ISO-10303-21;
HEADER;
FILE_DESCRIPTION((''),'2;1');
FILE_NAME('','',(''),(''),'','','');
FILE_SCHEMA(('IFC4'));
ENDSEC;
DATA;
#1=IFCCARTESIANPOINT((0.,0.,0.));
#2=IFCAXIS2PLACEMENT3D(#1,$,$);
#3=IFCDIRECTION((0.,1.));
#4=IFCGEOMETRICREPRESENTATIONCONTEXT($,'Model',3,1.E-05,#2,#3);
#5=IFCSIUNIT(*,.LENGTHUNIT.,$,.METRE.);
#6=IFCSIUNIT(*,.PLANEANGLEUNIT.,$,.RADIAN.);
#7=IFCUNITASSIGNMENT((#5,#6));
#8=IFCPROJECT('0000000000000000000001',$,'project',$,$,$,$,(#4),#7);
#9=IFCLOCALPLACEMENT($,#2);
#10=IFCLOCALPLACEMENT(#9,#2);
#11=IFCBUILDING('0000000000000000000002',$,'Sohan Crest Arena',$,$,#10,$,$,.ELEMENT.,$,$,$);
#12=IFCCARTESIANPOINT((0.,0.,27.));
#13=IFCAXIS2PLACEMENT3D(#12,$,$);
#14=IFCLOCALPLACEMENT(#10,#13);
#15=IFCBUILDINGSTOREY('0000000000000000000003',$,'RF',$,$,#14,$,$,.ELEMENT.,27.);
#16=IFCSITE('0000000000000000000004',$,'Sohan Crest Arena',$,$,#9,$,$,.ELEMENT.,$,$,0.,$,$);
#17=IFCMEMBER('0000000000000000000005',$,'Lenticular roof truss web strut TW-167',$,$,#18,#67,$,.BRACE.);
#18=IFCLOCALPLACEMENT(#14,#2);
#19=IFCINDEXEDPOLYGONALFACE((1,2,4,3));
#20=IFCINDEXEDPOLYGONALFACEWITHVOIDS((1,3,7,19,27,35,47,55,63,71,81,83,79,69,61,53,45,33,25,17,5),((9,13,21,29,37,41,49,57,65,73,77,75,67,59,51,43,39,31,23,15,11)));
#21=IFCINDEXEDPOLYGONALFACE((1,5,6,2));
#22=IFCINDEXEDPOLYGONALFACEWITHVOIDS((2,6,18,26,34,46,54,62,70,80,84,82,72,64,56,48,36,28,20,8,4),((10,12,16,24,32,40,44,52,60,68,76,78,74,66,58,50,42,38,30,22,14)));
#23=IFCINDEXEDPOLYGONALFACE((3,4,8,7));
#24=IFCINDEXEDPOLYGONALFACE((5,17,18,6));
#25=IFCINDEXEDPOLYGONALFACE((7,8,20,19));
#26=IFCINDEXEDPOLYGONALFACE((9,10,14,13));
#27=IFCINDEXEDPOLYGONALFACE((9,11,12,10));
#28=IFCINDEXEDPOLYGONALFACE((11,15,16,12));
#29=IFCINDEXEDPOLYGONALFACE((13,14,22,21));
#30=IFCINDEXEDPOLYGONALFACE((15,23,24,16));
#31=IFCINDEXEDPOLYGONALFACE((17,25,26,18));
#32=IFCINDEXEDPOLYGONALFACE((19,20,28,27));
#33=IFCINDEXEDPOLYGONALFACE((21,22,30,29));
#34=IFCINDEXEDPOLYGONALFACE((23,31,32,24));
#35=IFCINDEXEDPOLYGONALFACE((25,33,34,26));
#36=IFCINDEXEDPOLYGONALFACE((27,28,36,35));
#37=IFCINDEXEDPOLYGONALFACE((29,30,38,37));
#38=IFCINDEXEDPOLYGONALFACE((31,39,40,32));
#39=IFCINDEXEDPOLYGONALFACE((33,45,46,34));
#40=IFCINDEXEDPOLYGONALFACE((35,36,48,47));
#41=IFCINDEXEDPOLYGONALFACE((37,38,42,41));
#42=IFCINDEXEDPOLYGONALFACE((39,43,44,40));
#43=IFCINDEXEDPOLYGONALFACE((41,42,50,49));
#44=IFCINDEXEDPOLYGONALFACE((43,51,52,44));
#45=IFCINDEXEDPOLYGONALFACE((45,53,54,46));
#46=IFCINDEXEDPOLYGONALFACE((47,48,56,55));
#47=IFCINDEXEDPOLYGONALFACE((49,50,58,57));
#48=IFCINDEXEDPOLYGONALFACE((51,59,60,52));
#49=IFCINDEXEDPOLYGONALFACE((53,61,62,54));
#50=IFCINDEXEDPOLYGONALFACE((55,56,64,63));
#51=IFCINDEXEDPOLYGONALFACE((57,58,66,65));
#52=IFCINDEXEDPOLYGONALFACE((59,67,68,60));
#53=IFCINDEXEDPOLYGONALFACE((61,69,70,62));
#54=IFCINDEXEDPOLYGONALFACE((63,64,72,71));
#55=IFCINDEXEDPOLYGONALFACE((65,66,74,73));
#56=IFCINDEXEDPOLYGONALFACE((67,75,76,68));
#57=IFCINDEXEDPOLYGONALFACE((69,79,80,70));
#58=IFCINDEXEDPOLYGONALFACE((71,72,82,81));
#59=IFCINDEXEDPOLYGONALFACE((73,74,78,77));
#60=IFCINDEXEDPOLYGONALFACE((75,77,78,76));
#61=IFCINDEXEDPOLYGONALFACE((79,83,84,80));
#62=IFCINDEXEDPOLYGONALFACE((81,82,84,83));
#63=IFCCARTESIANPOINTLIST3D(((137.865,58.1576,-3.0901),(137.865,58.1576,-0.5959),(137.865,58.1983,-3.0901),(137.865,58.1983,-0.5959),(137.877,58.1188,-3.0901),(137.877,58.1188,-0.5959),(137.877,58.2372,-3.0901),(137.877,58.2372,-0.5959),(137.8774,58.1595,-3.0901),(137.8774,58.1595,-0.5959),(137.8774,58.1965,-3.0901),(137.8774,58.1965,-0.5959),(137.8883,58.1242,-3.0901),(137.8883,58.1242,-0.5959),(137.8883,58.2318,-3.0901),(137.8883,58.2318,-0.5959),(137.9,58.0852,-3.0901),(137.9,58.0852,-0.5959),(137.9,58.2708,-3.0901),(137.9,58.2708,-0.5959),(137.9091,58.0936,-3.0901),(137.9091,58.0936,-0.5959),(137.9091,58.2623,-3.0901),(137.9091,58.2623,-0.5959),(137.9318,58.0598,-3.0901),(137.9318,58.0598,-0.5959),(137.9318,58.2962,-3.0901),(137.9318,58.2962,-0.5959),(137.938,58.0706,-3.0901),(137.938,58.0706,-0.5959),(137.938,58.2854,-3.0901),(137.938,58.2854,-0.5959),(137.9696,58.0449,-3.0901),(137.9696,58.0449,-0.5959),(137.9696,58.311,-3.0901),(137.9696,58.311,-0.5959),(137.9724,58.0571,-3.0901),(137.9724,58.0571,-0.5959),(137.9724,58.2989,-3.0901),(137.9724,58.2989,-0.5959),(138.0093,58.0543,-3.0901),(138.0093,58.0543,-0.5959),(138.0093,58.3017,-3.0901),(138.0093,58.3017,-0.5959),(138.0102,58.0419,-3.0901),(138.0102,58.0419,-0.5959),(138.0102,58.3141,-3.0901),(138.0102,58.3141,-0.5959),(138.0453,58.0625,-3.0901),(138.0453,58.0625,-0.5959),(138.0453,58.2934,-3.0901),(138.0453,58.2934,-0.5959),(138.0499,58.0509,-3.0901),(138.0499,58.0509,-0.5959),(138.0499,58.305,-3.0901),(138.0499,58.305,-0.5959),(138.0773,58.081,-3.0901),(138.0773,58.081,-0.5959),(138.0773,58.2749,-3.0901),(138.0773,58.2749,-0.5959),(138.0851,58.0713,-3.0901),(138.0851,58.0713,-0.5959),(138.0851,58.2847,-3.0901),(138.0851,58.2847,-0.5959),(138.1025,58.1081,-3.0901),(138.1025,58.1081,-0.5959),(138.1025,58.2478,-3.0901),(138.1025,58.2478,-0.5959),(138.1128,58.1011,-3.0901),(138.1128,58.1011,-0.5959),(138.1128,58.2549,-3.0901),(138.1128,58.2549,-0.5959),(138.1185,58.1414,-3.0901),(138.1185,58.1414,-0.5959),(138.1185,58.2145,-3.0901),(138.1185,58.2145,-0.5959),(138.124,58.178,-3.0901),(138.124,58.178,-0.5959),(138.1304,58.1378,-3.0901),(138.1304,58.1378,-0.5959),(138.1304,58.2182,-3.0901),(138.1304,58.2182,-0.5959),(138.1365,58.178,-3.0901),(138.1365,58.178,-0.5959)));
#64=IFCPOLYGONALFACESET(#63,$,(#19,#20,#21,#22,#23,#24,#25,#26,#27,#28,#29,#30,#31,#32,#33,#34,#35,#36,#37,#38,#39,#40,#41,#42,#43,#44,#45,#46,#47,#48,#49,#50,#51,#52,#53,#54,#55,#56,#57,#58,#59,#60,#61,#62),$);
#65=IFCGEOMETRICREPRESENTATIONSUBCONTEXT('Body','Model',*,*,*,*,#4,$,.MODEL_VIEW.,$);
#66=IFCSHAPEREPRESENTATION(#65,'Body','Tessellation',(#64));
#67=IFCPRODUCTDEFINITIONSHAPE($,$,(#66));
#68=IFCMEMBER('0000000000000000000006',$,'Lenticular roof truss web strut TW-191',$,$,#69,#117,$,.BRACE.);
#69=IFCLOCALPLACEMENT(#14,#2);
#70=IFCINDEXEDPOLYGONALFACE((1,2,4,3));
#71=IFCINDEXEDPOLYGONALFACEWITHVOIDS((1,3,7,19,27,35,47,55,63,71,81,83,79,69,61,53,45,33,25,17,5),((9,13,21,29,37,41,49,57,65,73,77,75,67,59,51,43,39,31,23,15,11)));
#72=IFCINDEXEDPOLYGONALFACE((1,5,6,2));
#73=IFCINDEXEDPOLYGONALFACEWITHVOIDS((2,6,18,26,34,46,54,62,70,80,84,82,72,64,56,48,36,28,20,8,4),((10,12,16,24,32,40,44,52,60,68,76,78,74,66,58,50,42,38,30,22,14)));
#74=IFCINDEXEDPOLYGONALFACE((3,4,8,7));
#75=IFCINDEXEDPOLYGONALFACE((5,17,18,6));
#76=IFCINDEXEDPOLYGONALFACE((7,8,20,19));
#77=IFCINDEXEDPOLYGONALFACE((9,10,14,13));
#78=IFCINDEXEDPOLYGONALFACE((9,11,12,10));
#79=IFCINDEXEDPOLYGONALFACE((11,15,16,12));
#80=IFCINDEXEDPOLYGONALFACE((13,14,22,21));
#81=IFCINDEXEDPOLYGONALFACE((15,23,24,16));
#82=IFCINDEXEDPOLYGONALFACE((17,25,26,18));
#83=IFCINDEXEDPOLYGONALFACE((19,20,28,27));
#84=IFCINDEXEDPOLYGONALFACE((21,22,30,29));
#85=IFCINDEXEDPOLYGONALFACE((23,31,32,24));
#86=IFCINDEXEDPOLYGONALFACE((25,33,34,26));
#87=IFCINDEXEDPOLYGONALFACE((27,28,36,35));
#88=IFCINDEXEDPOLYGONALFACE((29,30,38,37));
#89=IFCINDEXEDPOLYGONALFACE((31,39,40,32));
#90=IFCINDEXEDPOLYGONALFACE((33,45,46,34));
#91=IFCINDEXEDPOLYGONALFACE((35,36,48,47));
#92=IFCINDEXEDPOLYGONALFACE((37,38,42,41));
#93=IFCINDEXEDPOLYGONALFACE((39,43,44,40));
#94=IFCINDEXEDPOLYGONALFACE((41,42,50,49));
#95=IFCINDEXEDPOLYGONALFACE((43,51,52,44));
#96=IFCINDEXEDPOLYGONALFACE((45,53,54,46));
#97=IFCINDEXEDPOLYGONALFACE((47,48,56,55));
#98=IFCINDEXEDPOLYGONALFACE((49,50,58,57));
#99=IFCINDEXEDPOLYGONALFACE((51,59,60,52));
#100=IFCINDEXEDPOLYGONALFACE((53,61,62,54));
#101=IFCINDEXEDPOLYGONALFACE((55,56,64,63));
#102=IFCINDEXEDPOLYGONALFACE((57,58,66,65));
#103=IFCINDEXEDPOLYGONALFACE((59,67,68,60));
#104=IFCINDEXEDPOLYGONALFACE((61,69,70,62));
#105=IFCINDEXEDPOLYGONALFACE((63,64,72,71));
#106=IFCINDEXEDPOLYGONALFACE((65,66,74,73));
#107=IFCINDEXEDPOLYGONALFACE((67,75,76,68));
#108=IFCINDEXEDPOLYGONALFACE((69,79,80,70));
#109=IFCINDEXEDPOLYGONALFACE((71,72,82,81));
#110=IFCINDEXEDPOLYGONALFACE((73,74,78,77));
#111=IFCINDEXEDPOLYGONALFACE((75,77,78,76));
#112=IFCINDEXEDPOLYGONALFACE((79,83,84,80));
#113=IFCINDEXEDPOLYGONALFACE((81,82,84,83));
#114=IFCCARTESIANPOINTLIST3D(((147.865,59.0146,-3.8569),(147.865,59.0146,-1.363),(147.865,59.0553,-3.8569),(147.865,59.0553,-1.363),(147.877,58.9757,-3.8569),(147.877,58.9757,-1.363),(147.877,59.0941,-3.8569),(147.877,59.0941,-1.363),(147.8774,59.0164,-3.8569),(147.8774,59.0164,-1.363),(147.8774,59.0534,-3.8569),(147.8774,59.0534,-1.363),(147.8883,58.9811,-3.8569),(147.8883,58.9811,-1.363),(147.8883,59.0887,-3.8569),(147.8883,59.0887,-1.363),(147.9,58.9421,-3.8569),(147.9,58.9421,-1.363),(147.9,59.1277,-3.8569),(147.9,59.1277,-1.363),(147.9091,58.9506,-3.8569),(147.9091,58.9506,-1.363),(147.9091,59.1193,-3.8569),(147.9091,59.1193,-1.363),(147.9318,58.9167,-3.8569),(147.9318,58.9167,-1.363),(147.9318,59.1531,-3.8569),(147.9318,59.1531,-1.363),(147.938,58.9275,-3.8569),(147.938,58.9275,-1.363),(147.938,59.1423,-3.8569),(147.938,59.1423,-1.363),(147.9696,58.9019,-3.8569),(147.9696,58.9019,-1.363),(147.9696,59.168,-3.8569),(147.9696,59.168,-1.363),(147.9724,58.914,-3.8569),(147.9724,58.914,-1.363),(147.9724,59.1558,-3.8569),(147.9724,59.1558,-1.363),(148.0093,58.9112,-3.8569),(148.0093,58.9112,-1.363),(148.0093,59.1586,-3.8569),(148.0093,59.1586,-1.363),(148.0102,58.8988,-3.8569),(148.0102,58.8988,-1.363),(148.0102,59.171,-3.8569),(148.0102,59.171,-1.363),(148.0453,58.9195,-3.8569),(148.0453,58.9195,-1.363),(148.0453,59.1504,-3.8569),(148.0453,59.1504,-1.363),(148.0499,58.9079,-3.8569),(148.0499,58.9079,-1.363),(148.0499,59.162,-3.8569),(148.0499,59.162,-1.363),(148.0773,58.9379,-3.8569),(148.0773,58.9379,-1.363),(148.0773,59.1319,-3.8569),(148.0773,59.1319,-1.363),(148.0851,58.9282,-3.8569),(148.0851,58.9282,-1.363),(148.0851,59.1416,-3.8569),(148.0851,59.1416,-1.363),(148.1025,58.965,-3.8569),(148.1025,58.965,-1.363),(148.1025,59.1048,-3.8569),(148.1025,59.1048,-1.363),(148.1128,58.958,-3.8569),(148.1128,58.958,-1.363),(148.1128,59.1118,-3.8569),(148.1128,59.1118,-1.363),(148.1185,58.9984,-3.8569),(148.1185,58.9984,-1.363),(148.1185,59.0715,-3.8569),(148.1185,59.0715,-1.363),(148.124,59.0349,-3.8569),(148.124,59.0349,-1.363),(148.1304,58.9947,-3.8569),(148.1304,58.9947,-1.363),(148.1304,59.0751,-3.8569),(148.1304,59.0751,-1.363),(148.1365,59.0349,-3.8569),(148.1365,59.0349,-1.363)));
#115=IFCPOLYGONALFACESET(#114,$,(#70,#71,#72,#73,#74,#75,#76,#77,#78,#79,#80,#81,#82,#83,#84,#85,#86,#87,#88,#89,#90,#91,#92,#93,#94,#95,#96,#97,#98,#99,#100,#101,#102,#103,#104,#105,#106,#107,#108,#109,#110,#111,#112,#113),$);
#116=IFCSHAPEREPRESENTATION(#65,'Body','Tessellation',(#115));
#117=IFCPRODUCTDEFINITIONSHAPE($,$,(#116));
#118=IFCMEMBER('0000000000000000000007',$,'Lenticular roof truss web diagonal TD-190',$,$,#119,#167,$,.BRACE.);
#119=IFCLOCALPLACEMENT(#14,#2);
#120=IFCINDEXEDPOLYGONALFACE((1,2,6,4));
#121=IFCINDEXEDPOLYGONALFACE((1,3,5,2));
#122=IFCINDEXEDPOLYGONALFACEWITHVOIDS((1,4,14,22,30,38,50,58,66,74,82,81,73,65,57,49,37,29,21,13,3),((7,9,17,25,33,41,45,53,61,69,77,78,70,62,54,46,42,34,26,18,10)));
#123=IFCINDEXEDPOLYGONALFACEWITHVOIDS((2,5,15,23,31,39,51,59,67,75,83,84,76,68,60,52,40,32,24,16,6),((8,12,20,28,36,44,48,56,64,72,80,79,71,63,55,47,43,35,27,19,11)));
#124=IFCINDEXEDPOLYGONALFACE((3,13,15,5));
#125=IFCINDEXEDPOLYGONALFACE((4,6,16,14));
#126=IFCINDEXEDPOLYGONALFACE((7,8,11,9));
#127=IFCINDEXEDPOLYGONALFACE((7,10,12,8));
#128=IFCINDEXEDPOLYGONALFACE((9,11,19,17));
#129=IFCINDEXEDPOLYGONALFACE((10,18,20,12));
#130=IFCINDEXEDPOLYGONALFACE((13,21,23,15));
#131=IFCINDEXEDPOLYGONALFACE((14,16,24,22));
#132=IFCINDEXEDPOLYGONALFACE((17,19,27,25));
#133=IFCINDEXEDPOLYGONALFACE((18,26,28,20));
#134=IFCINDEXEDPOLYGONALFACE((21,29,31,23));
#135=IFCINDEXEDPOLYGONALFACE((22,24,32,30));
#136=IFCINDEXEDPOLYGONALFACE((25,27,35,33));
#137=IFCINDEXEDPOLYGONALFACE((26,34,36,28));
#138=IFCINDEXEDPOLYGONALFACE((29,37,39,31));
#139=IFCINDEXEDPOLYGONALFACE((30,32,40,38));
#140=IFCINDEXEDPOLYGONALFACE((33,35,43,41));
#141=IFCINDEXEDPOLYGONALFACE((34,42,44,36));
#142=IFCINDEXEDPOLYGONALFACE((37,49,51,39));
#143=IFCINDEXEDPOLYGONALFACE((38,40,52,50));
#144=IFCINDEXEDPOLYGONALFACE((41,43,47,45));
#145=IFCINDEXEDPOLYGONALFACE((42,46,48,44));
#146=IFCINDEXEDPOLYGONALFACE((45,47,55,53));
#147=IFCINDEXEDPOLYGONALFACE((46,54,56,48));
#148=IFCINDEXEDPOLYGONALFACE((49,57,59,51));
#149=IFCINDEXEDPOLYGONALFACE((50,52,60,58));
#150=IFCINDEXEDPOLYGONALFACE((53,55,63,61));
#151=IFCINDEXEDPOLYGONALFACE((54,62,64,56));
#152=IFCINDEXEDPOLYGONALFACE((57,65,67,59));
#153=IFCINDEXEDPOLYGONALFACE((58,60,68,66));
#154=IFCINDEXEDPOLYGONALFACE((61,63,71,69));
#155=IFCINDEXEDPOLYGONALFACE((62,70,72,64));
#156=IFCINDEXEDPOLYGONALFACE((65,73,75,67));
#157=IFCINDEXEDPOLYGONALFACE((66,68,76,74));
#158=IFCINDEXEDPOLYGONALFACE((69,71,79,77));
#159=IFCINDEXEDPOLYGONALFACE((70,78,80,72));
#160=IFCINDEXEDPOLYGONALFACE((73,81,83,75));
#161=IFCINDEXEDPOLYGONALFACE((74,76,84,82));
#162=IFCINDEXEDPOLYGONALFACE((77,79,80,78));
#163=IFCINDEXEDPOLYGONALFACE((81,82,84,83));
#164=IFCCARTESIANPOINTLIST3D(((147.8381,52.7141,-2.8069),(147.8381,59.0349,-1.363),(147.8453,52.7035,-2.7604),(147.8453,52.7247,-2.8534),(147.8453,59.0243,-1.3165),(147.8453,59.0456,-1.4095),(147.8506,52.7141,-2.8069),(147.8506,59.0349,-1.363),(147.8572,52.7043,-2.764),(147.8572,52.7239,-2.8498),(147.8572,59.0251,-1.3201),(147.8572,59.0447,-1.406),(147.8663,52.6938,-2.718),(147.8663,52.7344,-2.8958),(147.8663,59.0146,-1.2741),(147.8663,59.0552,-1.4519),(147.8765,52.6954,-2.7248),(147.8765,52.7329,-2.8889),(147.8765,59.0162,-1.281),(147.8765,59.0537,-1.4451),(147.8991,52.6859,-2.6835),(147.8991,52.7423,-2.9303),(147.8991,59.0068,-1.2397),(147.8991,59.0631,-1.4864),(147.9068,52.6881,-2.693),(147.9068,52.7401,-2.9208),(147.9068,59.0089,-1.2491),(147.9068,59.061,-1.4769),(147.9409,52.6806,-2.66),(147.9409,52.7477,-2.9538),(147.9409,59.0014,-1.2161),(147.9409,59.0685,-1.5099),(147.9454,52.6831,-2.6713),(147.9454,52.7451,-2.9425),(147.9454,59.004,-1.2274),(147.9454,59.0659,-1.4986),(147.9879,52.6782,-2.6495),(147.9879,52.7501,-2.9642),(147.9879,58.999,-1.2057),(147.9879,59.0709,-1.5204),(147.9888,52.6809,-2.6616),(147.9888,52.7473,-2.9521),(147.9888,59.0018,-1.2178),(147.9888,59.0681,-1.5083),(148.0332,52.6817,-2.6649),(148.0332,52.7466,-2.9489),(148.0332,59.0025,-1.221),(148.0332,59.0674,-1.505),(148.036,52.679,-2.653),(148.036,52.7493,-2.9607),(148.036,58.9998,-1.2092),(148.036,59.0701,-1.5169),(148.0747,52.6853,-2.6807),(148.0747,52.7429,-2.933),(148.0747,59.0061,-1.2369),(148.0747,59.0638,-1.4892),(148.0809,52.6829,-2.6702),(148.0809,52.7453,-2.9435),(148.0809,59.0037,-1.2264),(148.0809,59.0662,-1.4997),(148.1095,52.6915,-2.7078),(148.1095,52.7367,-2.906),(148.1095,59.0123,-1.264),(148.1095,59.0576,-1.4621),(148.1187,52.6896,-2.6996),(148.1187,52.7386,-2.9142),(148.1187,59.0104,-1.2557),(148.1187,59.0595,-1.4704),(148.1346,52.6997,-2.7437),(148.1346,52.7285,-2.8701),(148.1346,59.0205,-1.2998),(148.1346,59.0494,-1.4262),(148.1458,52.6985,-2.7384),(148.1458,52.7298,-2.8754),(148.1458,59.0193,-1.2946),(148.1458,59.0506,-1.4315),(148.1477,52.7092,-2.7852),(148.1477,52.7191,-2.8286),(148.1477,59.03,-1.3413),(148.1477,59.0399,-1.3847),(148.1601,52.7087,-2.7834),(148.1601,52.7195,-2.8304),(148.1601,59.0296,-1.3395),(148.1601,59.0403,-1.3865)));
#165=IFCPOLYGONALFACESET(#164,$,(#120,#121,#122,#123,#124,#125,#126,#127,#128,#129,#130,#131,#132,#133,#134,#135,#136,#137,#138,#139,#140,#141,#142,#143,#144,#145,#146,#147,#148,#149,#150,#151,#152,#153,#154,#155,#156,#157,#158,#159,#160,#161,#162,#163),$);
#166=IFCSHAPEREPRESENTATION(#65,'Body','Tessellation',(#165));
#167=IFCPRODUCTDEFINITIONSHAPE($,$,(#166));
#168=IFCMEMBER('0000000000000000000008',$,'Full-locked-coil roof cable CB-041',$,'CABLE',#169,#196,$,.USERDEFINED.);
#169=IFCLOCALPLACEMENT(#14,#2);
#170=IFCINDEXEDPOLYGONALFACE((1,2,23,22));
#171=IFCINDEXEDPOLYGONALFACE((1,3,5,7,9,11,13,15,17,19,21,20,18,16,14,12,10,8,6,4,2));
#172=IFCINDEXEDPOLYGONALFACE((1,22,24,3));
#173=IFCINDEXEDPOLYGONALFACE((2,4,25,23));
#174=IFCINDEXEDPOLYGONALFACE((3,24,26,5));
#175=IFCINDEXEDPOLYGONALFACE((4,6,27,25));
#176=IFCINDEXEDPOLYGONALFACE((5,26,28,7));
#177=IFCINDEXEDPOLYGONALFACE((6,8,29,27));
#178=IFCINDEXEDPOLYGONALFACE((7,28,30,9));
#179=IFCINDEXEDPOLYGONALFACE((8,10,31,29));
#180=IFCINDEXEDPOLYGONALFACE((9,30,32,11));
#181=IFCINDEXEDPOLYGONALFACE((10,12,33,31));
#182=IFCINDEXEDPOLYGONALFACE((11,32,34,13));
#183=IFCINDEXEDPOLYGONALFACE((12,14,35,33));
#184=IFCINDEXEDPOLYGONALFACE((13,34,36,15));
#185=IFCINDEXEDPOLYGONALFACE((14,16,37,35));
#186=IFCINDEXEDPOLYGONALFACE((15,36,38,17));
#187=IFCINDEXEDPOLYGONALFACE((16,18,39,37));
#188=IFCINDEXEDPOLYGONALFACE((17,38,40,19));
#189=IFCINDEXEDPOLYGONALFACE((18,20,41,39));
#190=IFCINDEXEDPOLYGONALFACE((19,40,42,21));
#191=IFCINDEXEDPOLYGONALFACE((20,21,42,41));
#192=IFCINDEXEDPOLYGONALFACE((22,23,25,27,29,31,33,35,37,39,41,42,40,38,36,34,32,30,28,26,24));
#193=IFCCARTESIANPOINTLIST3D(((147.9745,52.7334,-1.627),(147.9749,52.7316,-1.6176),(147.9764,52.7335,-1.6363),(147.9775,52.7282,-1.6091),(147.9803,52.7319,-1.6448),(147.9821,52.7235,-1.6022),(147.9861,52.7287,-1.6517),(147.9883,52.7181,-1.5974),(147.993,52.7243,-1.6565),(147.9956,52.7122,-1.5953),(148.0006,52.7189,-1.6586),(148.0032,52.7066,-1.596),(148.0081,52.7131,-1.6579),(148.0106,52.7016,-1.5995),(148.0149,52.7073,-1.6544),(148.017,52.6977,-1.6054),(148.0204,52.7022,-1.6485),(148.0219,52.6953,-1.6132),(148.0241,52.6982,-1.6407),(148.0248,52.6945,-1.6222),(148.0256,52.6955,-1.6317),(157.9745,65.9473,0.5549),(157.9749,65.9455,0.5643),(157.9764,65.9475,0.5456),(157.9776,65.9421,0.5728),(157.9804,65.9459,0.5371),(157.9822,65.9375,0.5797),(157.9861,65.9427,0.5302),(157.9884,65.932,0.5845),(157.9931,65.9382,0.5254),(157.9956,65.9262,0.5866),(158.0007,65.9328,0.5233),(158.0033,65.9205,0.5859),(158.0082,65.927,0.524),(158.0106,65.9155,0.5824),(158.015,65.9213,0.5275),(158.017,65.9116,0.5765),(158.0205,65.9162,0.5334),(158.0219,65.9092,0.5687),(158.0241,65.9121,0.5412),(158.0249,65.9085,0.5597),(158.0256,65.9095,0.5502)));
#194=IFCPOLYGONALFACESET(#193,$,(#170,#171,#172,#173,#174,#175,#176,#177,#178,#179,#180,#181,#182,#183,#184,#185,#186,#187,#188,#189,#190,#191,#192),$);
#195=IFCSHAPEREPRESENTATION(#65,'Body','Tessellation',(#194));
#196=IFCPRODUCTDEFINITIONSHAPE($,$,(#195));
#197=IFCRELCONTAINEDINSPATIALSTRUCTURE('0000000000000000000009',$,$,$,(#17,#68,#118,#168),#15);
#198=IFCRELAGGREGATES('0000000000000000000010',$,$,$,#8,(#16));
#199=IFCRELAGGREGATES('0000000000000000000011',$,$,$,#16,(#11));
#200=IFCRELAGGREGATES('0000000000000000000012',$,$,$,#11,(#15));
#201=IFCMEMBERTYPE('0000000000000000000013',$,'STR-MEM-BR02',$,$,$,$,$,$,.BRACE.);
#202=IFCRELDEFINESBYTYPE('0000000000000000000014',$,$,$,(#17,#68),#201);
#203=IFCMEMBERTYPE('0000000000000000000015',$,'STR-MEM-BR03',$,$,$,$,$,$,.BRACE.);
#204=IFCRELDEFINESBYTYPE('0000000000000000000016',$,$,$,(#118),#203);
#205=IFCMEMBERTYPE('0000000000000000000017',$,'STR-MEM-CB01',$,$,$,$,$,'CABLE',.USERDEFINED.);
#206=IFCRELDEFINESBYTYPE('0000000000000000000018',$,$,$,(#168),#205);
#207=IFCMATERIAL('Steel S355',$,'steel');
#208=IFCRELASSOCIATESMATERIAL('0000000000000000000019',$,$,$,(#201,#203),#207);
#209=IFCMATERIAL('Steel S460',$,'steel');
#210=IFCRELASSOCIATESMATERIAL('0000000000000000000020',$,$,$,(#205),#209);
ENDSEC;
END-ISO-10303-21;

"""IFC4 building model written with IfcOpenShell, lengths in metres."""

from ifc_helpers import new_model, si_unit, direction, frame, origin, origin_2d, place, context, subcontext, project, spatial, circle, hollow_circle, extrude, material, material_profile, profile_set, type_object, element, save


model = new_model("IFC4")

# Units and contexts
model_context = context("Model", 3, precision=1e-05, world=origin(), true_north=direction((0.0, 1.0)))
body_context = subcontext(model_context, "Body", "Model", "MODEL_VIEW")
ifc_project = project(units=[si_unit("LENGTHUNIT", "METRE"), si_unit("PLANEANGLEUNIT", "RADIAN")], contexts=[model_context])

# Site, building, storey
site_placement = place(None, origin())
site = spatial("IfcSite", under=ifc_project, at=site_placement, Name="Sohan Crest Arena", CompositionType="ELEMENT", RefElevation=0.0)
building_placement = place(site_placement, origin())
building = spatial("IfcBuilding", under=site, at=building_placement, Name="Sohan Crest Arena", CompositionType="ELEMENT")
storey_placement = place(building_placement, frame((0.0, 0.0, 27.0)))
storey = spatial("IfcBuildingStorey", under=building, at=storey_placement, Name="RF", CompositionType="ELEMENT", Elevation=27.0)

# Shared definitions
ifc_material_1 = material(Name="Steel S355", Category="steel")

# Members
ifc_material_profile_1 = material_profile(ifc_material_1, hollow_circle(Radius=0.1365, WallThickness=0.0125, at=origin_2d()), Name="CHS 273x12.5")
ifc_profile_set_1 = profile_set([ifc_material_profile_1], Name="Steel S355")
member_type_1 = type_object("IfcMemberType", Name="STR-MEM-BR02", PredefinedType="BRACE", material=ifc_profile_set_1)
member_1_placement = place(storey_placement, frame((138.0, 58.178, -3.0901), z_axis=(0.0, 0.0, 1.0), x_axis=(1.0, 0.0, 0.0)))
element("IfcMember", 1, at=member_1_placement, inside=storey, type_object=member_type_1, Name="Lenticular roof truss web strut TW-167", PredefinedType="BRACE", context=body_context, shape_type="SweptSolid", body=[
    extrude(hollow_circle(Radius=0.1365, WallThickness=0.0125, at=origin_2d()), origin(), (0.0, 0.0, 1.0), 2.4941),
])
member_2_placement = place(storey_placement, frame((148.0, 59.0349, -3.8569), z_axis=(0.0, 0.0, 1.0), x_axis=(1.0, 0.0, 0.0)))
element("IfcMember", 2, at=member_2_placement, inside=storey, type_object=member_type_1, Name="Lenticular roof truss web strut TW-191", PredefinedType="BRACE", context=body_context, shape_type="SweptSolid", body=[
    extrude(hollow_circle(Radius=0.1365, WallThickness=0.0125, at=origin_2d()), origin(), (0.0, 0.0, 1.0), 2.4939),
])
ifc_material_profile_2 = material_profile(ifc_material_1, hollow_circle(Radius=0.1619, WallThickness=0.0125, at=origin_2d()), Name="CHS 323.9x12.5")
ifc_profile_set_2 = profile_set([ifc_material_profile_2], Name="Steel S355")
member_type_2 = type_object("IfcMemberType", Name="STR-MEM-BR03", PredefinedType="BRACE", material=ifc_profile_set_2)
member_3_placement = place(storey_placement, frame((148.0, 52.7141, -2.8069), z_axis=(0.0, 0.974889, 0.222692), x_axis=(-1.0, 0.0, 0.0)))
element("IfcMember", 3, at=member_3_placement, inside=storey, type_object=member_type_2, Name="Lenticular roof truss web diagonal TD-190", PredefinedType="BRACE", context=body_context, shape_type="SweptSolid", body=[
    extrude(hollow_circle(Radius=0.1619, WallThickness=0.0125, at=origin_2d()), origin(), (0.0, 0.0, 1.0), 6.4836),
])
ifc_material_2 = material(Name="Steel S460", Category="steel")
ifc_material_profile_3 = material_profile(ifc_material_2, circle(Radius=0.032, at=origin_2d()), Name="FLC D64")
ifc_profile_set_3 = profile_set([ifc_material_profile_3], Name="Steel S460")
member_type_3 = type_object("IfcMemberType", Name="STR-MEM-CB01", ElementType="CABLE", PredefinedType="USERDEFINED", material=ifc_profile_set_3)
member_4_placement = place(storey_placement, frame((148.0, 52.7141, -1.627), z_axis=(0.598291, 0.790574, 0.13054), x_axis=(-0.797397, 0.603455, 0.0)))
element("IfcMember", 4, at=member_4_placement, inside=storey, type_object=member_type_3, Name="Full-locked-coil roof cable CB-041", ObjectType="CABLE", PredefinedType="USERDEFINED", context=body_context, shape_type="SweptSolid", body=[
    extrude(circle(Radius=0.032, at=origin_2d()), origin(), (0.0, 0.0, 1.0), 16.7144),
])

save(model, "model.ifc")
